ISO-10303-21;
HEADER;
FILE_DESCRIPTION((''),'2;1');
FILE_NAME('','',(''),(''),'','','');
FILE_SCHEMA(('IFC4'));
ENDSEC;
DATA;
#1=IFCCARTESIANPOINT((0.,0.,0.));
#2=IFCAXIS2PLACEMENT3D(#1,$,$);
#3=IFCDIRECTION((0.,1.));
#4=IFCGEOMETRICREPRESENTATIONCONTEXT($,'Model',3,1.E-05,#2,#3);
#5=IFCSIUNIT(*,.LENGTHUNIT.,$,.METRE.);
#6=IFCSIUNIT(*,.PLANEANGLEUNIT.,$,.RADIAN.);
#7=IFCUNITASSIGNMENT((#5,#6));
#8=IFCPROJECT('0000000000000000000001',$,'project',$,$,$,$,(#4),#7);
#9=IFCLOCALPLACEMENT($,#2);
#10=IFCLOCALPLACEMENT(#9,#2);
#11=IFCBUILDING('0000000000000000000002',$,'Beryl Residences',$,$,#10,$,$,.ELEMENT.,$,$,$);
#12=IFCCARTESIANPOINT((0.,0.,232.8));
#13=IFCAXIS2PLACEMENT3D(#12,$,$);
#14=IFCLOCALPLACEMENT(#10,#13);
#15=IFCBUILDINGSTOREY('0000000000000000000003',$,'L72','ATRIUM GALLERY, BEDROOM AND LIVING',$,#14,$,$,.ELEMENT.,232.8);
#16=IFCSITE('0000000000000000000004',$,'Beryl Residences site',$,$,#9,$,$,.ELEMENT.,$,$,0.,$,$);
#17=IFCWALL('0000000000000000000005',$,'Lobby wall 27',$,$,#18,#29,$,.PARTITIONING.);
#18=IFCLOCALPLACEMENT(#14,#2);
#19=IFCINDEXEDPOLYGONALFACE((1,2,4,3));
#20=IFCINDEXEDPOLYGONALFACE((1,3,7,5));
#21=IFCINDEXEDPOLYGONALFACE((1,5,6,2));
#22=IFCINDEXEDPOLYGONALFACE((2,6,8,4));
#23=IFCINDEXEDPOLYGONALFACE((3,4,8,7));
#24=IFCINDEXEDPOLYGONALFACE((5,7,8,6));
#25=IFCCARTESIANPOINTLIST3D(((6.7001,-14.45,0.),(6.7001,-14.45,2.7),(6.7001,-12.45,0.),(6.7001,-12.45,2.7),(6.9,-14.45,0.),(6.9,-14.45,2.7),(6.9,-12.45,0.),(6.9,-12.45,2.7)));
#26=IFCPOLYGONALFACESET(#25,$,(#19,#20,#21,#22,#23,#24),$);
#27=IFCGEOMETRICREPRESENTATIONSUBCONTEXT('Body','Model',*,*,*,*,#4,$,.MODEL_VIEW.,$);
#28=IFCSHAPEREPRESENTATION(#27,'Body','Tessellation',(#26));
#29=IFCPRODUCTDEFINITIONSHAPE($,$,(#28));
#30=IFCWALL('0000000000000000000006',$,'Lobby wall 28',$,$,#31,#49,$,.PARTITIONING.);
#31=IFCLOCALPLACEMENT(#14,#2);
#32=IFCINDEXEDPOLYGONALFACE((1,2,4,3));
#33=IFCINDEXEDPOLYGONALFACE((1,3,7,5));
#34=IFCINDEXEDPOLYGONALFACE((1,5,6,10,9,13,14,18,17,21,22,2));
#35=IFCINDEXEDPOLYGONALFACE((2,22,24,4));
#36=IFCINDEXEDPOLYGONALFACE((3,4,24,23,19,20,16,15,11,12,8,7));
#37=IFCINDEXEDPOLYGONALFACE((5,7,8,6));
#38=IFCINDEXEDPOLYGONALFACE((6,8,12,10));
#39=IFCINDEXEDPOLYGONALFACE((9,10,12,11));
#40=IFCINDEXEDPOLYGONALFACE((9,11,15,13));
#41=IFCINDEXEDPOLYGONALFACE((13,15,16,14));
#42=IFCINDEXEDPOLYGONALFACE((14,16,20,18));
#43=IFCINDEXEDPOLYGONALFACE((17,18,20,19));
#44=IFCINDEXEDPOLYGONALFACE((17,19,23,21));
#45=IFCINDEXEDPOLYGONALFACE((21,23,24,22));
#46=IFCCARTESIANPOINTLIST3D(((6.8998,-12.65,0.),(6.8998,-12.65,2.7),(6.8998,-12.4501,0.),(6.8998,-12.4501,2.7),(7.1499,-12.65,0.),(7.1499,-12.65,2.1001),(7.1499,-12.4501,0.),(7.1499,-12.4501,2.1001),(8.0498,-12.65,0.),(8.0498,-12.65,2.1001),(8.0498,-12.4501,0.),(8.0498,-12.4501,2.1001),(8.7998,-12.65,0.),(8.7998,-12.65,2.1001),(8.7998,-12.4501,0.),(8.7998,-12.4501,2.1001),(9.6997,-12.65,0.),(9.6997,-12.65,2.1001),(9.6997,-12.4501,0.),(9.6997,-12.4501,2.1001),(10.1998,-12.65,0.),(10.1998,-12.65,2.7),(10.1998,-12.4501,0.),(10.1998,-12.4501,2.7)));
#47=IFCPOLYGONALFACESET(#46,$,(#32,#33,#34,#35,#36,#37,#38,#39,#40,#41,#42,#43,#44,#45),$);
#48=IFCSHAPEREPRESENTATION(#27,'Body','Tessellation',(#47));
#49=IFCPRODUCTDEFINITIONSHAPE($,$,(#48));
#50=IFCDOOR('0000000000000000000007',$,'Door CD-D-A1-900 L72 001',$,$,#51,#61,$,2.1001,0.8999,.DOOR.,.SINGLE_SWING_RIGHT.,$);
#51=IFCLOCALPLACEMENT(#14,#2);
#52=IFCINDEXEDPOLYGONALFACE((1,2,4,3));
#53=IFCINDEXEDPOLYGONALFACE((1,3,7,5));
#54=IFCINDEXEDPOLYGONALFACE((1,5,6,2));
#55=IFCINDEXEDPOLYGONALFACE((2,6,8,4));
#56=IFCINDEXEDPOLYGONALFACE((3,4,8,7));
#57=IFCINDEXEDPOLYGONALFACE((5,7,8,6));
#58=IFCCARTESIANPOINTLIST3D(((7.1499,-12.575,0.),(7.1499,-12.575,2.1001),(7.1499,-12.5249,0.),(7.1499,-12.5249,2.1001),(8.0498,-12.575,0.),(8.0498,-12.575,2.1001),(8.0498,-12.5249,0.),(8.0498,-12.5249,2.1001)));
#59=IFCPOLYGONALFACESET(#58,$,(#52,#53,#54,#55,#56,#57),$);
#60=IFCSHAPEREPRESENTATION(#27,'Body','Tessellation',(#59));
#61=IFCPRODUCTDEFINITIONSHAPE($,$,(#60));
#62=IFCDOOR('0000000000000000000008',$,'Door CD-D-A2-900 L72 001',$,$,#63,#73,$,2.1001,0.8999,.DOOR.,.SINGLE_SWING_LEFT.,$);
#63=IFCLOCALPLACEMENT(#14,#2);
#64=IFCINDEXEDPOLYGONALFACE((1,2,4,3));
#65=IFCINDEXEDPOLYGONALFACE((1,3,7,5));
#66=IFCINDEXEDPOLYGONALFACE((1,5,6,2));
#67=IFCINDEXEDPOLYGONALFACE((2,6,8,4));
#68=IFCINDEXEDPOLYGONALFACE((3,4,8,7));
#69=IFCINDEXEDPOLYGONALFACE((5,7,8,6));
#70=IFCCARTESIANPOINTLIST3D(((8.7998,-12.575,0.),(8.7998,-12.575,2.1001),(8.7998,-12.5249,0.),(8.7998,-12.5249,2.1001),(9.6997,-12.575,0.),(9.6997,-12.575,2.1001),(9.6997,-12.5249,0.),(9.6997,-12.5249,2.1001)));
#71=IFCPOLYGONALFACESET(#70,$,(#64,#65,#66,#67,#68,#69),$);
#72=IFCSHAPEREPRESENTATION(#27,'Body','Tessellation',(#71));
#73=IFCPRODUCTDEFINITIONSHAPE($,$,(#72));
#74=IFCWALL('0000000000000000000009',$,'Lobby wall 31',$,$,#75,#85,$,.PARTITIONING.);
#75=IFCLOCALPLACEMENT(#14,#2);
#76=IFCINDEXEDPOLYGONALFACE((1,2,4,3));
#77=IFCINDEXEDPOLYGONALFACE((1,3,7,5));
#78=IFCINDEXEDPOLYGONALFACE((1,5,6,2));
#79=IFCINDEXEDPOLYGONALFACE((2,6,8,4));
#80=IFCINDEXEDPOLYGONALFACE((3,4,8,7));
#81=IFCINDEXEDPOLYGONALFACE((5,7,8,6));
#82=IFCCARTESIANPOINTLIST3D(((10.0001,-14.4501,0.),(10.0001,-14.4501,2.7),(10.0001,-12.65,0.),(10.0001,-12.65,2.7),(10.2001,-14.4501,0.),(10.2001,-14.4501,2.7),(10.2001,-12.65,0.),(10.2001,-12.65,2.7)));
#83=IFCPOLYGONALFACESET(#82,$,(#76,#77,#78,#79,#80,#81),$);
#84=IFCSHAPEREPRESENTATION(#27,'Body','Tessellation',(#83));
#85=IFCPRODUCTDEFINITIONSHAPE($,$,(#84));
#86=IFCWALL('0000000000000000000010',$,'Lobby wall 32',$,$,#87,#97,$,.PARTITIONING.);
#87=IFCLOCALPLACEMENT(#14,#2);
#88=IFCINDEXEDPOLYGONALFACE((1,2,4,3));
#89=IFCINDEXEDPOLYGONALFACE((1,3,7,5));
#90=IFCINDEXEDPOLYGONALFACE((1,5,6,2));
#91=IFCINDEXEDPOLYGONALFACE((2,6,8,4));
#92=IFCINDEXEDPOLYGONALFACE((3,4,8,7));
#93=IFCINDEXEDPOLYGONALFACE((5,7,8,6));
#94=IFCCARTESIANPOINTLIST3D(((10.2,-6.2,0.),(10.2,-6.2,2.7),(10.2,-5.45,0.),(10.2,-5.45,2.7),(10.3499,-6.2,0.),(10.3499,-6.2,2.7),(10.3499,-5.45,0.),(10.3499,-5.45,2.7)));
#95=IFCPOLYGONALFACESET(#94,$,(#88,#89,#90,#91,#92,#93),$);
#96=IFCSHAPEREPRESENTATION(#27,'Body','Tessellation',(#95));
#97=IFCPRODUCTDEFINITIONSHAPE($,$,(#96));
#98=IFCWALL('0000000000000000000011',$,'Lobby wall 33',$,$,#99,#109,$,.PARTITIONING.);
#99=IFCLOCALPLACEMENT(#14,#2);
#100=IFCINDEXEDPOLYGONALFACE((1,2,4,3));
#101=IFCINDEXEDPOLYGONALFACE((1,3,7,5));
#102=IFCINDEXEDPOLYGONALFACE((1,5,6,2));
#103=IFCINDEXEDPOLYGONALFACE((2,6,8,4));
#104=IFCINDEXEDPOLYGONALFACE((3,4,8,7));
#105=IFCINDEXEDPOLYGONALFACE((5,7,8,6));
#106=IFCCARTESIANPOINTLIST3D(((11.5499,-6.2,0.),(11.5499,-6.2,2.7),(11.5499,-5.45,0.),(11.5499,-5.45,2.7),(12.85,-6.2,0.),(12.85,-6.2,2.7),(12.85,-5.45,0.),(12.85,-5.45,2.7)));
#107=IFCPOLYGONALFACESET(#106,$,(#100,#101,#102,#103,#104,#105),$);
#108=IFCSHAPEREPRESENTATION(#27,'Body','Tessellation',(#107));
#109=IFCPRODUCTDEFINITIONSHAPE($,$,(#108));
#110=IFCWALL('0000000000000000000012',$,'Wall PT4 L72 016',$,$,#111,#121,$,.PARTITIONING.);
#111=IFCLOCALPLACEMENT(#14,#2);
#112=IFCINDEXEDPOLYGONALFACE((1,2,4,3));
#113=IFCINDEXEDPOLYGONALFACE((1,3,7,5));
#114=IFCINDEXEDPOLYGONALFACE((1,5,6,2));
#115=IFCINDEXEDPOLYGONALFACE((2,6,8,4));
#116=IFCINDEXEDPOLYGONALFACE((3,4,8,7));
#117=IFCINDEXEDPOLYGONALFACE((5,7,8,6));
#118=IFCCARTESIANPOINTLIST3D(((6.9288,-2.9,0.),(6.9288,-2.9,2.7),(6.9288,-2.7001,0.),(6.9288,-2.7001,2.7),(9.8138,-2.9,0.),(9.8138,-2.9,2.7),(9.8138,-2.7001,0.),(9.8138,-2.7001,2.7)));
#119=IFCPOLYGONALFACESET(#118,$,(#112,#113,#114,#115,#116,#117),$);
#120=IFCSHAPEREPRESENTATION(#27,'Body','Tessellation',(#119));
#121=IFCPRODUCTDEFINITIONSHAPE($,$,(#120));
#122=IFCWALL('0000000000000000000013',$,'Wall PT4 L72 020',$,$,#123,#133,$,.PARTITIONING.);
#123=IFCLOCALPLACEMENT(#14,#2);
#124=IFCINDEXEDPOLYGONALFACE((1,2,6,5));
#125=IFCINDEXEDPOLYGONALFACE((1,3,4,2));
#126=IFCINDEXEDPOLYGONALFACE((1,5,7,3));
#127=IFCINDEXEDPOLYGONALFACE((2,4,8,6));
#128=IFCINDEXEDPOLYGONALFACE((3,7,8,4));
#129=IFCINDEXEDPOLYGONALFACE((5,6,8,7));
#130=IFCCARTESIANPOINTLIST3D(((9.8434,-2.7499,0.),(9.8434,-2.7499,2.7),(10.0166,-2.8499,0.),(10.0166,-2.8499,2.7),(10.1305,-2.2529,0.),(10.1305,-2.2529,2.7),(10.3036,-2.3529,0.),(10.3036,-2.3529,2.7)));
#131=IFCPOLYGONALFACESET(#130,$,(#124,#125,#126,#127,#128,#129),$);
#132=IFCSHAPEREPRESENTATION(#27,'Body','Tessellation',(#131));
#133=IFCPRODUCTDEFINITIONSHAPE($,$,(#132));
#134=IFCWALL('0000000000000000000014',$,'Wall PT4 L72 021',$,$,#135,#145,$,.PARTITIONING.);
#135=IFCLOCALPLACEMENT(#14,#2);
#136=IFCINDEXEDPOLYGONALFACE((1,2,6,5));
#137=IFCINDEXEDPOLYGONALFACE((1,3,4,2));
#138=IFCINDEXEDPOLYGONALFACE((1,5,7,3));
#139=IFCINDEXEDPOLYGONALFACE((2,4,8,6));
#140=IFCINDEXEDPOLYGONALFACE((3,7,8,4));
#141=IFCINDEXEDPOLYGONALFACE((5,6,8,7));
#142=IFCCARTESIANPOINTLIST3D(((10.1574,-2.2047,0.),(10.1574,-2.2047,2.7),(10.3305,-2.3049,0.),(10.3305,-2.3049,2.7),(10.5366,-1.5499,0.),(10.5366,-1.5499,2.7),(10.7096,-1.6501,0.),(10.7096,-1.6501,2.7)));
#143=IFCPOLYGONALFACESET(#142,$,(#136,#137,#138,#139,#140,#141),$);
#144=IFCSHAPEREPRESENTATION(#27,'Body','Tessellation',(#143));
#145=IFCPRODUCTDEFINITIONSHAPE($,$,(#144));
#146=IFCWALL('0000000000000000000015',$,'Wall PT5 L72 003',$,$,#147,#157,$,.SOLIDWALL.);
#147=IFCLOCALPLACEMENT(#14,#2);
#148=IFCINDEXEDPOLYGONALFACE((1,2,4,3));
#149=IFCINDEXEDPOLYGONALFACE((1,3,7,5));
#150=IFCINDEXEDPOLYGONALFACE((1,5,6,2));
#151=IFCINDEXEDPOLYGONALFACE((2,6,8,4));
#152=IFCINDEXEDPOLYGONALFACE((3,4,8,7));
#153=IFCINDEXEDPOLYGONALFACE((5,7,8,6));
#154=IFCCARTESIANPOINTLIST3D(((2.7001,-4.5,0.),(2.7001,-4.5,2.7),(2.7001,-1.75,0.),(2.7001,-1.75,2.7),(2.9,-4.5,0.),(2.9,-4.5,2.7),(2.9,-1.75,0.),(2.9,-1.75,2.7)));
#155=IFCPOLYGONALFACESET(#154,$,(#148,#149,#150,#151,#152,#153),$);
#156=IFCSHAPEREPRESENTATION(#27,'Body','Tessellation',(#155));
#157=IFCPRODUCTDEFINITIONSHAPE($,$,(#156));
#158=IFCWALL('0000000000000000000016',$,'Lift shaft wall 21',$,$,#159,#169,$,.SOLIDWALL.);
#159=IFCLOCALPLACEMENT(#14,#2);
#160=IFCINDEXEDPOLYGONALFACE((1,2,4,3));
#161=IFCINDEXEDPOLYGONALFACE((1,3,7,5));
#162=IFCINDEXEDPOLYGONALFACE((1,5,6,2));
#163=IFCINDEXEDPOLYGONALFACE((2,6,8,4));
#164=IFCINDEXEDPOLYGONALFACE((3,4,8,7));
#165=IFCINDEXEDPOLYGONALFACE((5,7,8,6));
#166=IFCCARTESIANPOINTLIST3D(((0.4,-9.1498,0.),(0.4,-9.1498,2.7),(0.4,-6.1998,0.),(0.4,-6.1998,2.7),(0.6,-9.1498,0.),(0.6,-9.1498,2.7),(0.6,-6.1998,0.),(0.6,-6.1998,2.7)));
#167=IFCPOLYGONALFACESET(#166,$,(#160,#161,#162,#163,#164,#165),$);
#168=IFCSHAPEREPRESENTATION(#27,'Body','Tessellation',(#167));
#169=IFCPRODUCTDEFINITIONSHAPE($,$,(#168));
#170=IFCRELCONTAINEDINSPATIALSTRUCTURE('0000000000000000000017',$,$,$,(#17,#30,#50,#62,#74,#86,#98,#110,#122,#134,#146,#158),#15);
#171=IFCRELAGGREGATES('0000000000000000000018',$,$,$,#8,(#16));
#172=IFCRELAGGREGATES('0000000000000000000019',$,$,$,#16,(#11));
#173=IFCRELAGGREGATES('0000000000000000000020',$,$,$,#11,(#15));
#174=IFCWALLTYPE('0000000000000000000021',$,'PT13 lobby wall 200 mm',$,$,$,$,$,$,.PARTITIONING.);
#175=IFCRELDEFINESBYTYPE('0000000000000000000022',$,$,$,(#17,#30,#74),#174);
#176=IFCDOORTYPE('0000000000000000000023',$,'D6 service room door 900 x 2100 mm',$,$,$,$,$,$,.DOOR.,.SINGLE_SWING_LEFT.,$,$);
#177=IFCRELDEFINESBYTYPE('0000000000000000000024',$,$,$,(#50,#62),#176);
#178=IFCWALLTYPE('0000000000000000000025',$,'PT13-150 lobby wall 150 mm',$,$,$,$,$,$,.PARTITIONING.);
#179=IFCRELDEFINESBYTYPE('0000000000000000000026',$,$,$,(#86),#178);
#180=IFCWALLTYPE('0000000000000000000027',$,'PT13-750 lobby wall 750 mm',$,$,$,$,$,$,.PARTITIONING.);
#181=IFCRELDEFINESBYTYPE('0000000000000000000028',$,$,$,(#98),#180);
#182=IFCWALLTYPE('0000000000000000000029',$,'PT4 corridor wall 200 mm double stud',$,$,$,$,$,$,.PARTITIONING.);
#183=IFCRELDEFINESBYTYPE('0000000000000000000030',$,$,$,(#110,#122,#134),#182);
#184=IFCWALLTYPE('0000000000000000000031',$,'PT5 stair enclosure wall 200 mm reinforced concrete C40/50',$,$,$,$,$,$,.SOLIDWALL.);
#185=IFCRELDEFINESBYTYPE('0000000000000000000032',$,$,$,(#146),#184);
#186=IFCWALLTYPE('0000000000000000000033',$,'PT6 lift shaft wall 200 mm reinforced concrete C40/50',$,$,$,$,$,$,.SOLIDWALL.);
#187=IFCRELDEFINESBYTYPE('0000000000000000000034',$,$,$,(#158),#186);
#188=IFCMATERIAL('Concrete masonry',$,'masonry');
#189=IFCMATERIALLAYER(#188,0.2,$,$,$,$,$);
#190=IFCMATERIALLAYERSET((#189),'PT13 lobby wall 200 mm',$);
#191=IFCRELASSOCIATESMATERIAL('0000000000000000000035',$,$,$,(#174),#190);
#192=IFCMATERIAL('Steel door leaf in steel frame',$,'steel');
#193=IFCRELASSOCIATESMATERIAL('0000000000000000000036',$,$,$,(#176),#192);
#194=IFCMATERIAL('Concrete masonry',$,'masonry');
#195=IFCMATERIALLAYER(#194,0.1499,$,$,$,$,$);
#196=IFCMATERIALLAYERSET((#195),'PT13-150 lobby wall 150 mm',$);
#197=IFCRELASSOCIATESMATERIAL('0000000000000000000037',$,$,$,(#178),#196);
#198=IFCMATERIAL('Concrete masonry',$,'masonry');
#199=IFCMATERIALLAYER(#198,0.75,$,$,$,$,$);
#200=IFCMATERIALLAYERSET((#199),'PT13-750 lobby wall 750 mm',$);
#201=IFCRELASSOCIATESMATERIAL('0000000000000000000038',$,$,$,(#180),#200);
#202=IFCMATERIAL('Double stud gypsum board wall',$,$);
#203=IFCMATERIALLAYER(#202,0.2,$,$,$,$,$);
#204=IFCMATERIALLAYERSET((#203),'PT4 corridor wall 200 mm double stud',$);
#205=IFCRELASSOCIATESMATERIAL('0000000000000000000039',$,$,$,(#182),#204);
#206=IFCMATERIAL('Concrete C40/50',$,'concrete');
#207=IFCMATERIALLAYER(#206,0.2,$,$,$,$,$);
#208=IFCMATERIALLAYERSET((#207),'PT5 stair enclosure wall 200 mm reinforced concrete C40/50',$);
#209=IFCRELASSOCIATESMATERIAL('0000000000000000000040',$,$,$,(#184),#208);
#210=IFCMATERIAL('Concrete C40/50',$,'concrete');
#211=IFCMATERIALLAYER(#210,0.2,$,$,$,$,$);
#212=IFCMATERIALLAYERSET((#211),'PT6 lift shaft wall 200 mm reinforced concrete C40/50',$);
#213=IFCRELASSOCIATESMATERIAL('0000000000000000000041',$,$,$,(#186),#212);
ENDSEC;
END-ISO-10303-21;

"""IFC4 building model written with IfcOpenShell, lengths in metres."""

from ifc_helpers import new_model, si_unit, direction, frame, frame_2d, origin, place, context, subcontext, project, spatial, rectangle, extrude, material, layer, layer_set, type_object, element, fill, save


model = new_model("IFC4")

# Units and contexts
model_context = context("Model", 3, precision=1e-05, world=origin(), true_north=direction((0.0, 1.0)))
body_context = subcontext(model_context, "Body", "Model", "MODEL_VIEW")
ifc_project = project(units=[si_unit("LENGTHUNIT", "METRE"), si_unit("PLANEANGLEUNIT", "RADIAN")], contexts=[model_context])

# Site, building, storey
site_placement = place(None, origin())
site = spatial("IfcSite", under=ifc_project, at=site_placement, Name="Beryl Residences site", CompositionType="ELEMENT", RefElevation=0.0)
building_placement = place(site_placement, origin())
building = spatial("IfcBuilding", under=site, at=building_placement, Name="Beryl Residences", CompositionType="ELEMENT")
storey_placement = place(building_placement, frame((0.0, 0.0, 232.8)))
storey = spatial("IfcBuildingStorey", under=building, at=storey_placement, Name="L72", Description="ATRIUM GALLERY, BEDROOM AND LIVING", CompositionType="ELEMENT", Elevation=232.8)

# Wall
ifc_material_1 = material(Name="Concrete masonry", Category="masonry")
ifc_layer_1 = layer(ifc_material_1, 0.2)
ifc_layer_set_1 = layer_set([ifc_layer_1], Name="PT13 lobby wall 200 mm")
wall_type_1 = type_object("IfcWallType", Name="PT13 lobby wall 200 mm", PredefinedType="PARTITIONING", material=ifc_layer_set_1)
wall_1_placement = place(storey_placement, frame((6.8, -14.45, 0.0), z_axis=(0.0, 0.0, 1.0), x_axis=(0.0, 1.0, 0.0)))
element("IfcWall", 1, at=wall_1_placement, inside=storey, type_object=wall_type_1, Name="Lobby wall 27", PredefinedType="PARTITIONING", context=body_context, shape_type="SweptSolid", body=[
    extrude(rectangle(XDim=2.0, YDim=0.2, at=frame_2d((1.0, 0.0))), origin(), (0.0, 0.0, 1.0), 2.7),
])

# Wall, openings, doors
wall_2_placement = place(storey_placement, frame((6.8999, -12.55, 0.0), z_axis=(0.0, 0.0, 1.0), x_axis=(1.0, 0.0, 0.0)))
wall_2 = element("IfcWall", 2, at=wall_2_placement, inside=storey, type_object=wall_type_1, Name="Lobby wall 28", PredefinedType="PARTITIONING", context=body_context, shape_type="SweptSolid", body=[
    extrude(rectangle(XDim=3.3, YDim=0.2, at=frame_2d((1.6499, 0.0))), origin(), (0.0, 0.0, 1.0), 2.7),
])
opening_1_placement = place(wall_2_placement, frame((1.1499, 0.0, 0.0), z_axis=(0.0, 0.0, 1.0), x_axis=(-1.0, 0.0, 0.0)))
opening_1 = element("IfcOpeningElement", 3, at=opening_1_placement, cuts=wall_2, PredefinedType="OPENING", context=body_context, shape_type="SweptSolid", body=[
    extrude(rectangle(XDim=0.8999, YDim=2.1001, at=frame_2d((0.45, 1.05))), frame((0.0, 0.1099, 0.0), z_axis=(0.0, -1.0, 0.0), x_axis=(1.0, 0.0, 0.0)), (0.0, 0.0, 1.0), 0.22),
])
opening_2_placement = place(wall_2_placement, frame((2.7998, 0.0, 0.0), z_axis=(0.0, 0.0, 1.0), x_axis=(-1.0, 0.0, 0.0)))
opening_2 = element("IfcOpeningElement", 4, at=opening_2_placement, cuts=wall_2, PredefinedType="OPENING", context=body_context, shape_type="SweptSolid", body=[
    extrude(rectangle(XDim=0.8999, YDim=2.1001, at=frame_2d((0.45, 1.05))), frame((0.0, 0.1099, 0.0), z_axis=(0.0, -1.0, 0.0), x_axis=(1.0, 0.0, 0.0)), (0.0, 0.0, 1.0), 0.22),
])
ifc_material_2 = material(Name="Steel door leaf in steel frame", Category="steel")
door_type = type_object("IfcDoorType", Name="D6 service room door 900 x 2100 mm", OperationType="SINGLE_SWING_LEFT", PredefinedType="DOOR", material=ifc_material_2)
door_1_placement = place(opening_1_placement, origin())
door_1 = element("IfcDoor", 5, at=door_1_placement, inside=storey, type_object=door_type, Name="Door CD-D-A1-900 L72 001", OperationType="SINGLE_SWING_RIGHT", OverallHeight=2.1001, OverallWidth=0.8999, PredefinedType="DOOR", context=body_context, shape_type="SweptSolid", body=[
    extrude(rectangle(XDim=0.8999, YDim=2.1001, at=frame_2d((0.45, 1.05))), frame((0.0, 0.0249, 0.0), z_axis=(0.0, -1.0, 0.0), x_axis=(1.0, 0.0, 0.0)), (0.0, 0.0, 1.0), 0.05),
])
fill(opening_1, door_1)
door_2_placement = place(opening_2_placement, origin())
door_2 = element("IfcDoor", 6, at=door_2_placement, inside=storey, type_object=door_type, Name="Door CD-D-A2-900 L72 001", OperationType="SINGLE_SWING_LEFT", OverallHeight=2.1001, OverallWidth=0.8999, PredefinedType="DOOR", context=body_context, shape_type="SweptSolid", body=[
    extrude(rectangle(XDim=0.8999, YDim=2.1001, at=frame_2d((0.45, 1.05))), frame((0.0, 0.0249, 0.0), z_axis=(0.0, -1.0, 0.0), x_axis=(1.0, 0.0, 0.0)), (0.0, 0.0, 1.0), 0.05),
])
fill(opening_2, door_2)

# Walls
wall_3_placement = place(storey_placement, frame((10.1001, -14.45, 0.0), z_axis=(0.0, 0.0, 1.0), x_axis=(0.0, 1.0, 0.0)))
element("IfcWall", 7, at=wall_3_placement, inside=storey, type_object=wall_type_1, Name="Lobby wall 31", PredefinedType="PARTITIONING", context=body_context, shape_type="SweptSolid", body=[
    extrude(rectangle(XDim=1.8, YDim=0.2, at=frame_2d((0.8999, 0.0))), origin(), (0.0, 0.0, 1.0), 2.7),
])
ifc_material_3 = material(Name="Concrete masonry", Category="masonry")
ifc_layer_2 = layer(ifc_material_3, 0.1499)
ifc_layer_set_2 = layer_set([ifc_layer_2], Name="PT13-150 lobby wall 150 mm")
wall_type_2 = type_object("IfcWallType", Name="PT13-150 lobby wall 150 mm", PredefinedType="PARTITIONING", material=ifc_layer_set_2)
wall_4_placement = place(storey_placement, frame((10.2749, -6.2, 0.0), z_axis=(0.0, 0.0, 1.0), x_axis=(0.0, 1.0, 0.0)))
element("IfcWall", 8, at=wall_4_placement, inside=storey, type_object=wall_type_2, Name="Lobby wall 32", PredefinedType="PARTITIONING", context=body_context, shape_type="SweptSolid", body=[
    extrude(rectangle(XDim=0.75, YDim=0.1499, at=frame_2d((0.375, 0.0))), origin(), (0.0, 0.0, 1.0), 2.7),
])
ifc_material_4 = material(Name="Concrete masonry", Category="masonry")
ifc_layer_3 = layer(ifc_material_4, 0.75)
ifc_layer_set_3 = layer_set([ifc_layer_3], Name="PT13-750 lobby wall 750 mm")
wall_type_3 = type_object("IfcWallType", Name="PT13-750 lobby wall 750 mm", PredefinedType="PARTITIONING", material=ifc_layer_set_3)
wall_5_placement = place(storey_placement, frame((11.55, -5.825, 0.0), z_axis=(0.0, 0.0, 1.0), x_axis=(1.0, 0.0, 0.0)))
element("IfcWall", 9, at=wall_5_placement, inside=storey, type_object=wall_type_3, Name="Lobby wall 33", PredefinedType="PARTITIONING", context=body_context, shape_type="SweptSolid", body=[
    extrude(rectangle(XDim=1.3, YDim=0.75, at=frame_2d((0.6499, 0.0))), origin(), (0.0, 0.0, 1.0), 2.7),
])
ifc_material_5 = material(Name="Double stud gypsum board wall")
ifc_layer_4 = layer(ifc_material_5, 0.2)
ifc_layer_set_4 = layer_set([ifc_layer_4], Name="PT4 corridor wall 200 mm double stud")
wall_type_4 = type_object("IfcWallType", Name="PT4 corridor wall 200 mm double stud", PredefinedType="PARTITIONING", material=ifc_layer_set_4)
wall_6_placement = place(storey_placement, frame((6.929, -2.8, 0.0), z_axis=(0.0, 0.0, 1.0), x_axis=(1.0, 0.0, 0.0)))
element("IfcWall", 10, at=wall_6_placement, inside=storey, type_object=wall_type_4, Name="Wall PT4 L72 016", PredefinedType="PARTITIONING", context=body_context, shape_type="SweptSolid", body=[
    extrude(rectangle(XDim=2.885, YDim=0.2, at=frame_2d((1.4424, 0.0))), origin(), (0.0, 0.0, 1.0), 2.7),
])
wall_7_placement = place(storey_placement, frame((9.9299, -2.8, 0.0), z_axis=(0.0, 0.0, 1.0), x_axis=(0.500164, 0.865931, 0.0)))
element("IfcWall", 11, at=wall_7_placement, inside=storey, type_object=wall_type_4, Name="Wall PT4 L72 020", PredefinedType="PARTITIONING", context=body_context, shape_type="SweptSolid", body=[
    extrude(rectangle(XDim=0.574, YDim=0.2, at=frame_2d((0.2871, 0.0))), origin(), (0.0, 0.0, 1.0), 2.7),
])
wall_8_placement = place(storey_placement, frame((10.2439, -2.2549, 0.0), z_axis=(0.0, 0.0, 1.0), x_axis=(0.5011, 0.865389, 0.0)))
element("IfcWall", 12, at=wall_8_placement, inside=storey, type_object=wall_type_4, Name="Wall PT4 L72 021", PredefinedType="PARTITIONING", context=body_context, shape_type="SweptSolid", body=[
    extrude(rectangle(XDim=0.7566, YDim=0.2, at=frame_2d((0.3784, 0.0))), origin(), (0.0, 0.0, 1.0), 2.7),
])
ifc_material_6 = material(Name="Concrete C40/50", Category="concrete")
ifc_layer_5 = layer(ifc_material_6, 0.2)
ifc_layer_set_5 = layer_set([ifc_layer_5], Name="PT5 stair enclosure wall 200 mm reinforced concrete C40/50")
wall_type_5 = type_object("IfcWallType", Name="PT5 stair enclosure wall 200 mm reinforced concrete C40/50", PredefinedType="SOLIDWALL", material=ifc_layer_set_5)
wall_9_placement = place(storey_placement, frame((2.8, -4.5, 0.0), z_axis=(0.0, 0.0, 1.0), x_axis=(0.0, 1.0, 0.0)))
element("IfcWall", 13, at=wall_9_placement, inside=storey, type_object=wall_type_5, Name="Wall PT5 L72 003", PredefinedType="SOLIDWALL", context=body_context, shape_type="SweptSolid", body=[
    extrude(rectangle(XDim=2.75, YDim=0.2, at=frame_2d((1.375, 0.0))), origin(), (0.0, 0.0, 1.0), 2.7),
])
ifc_material_7 = material(Name="Concrete C40/50", Category="concrete")
ifc_layer_6 = layer(ifc_material_7, 0.2)
ifc_layer_set_6 = layer_set([ifc_layer_6], Name="PT6 lift shaft wall 200 mm reinforced concrete C40/50")
wall_type_6 = type_object("IfcWallType", Name="PT6 lift shaft wall 200 mm reinforced concrete C40/50", PredefinedType="SOLIDWALL", material=ifc_layer_set_6)
for number, where, z_axis, x_axis, name in (
    (14, (0.5, -9.1499, 0.0), (0.0, 0.0, 1.0), (0.0, 1.0, 0.0), "Lift shaft wall 21"),
):
    element("IfcWall", number, at=place(storey_placement, frame(where, z_axis=z_axis, x_axis=x_axis)), inside=storey, type_object=wall_type_6, Name=name, PredefinedType="SOLIDWALL", context=body_context, shape_type="SweptSolid", body=[
        extrude(rectangle(XDim=2.95, YDim=0.2, at=frame_2d((1.4751, 0.0))), origin(), (0.0, 0.0, 1.0), 2.7),
    ])

save(model, "model.ifc")
